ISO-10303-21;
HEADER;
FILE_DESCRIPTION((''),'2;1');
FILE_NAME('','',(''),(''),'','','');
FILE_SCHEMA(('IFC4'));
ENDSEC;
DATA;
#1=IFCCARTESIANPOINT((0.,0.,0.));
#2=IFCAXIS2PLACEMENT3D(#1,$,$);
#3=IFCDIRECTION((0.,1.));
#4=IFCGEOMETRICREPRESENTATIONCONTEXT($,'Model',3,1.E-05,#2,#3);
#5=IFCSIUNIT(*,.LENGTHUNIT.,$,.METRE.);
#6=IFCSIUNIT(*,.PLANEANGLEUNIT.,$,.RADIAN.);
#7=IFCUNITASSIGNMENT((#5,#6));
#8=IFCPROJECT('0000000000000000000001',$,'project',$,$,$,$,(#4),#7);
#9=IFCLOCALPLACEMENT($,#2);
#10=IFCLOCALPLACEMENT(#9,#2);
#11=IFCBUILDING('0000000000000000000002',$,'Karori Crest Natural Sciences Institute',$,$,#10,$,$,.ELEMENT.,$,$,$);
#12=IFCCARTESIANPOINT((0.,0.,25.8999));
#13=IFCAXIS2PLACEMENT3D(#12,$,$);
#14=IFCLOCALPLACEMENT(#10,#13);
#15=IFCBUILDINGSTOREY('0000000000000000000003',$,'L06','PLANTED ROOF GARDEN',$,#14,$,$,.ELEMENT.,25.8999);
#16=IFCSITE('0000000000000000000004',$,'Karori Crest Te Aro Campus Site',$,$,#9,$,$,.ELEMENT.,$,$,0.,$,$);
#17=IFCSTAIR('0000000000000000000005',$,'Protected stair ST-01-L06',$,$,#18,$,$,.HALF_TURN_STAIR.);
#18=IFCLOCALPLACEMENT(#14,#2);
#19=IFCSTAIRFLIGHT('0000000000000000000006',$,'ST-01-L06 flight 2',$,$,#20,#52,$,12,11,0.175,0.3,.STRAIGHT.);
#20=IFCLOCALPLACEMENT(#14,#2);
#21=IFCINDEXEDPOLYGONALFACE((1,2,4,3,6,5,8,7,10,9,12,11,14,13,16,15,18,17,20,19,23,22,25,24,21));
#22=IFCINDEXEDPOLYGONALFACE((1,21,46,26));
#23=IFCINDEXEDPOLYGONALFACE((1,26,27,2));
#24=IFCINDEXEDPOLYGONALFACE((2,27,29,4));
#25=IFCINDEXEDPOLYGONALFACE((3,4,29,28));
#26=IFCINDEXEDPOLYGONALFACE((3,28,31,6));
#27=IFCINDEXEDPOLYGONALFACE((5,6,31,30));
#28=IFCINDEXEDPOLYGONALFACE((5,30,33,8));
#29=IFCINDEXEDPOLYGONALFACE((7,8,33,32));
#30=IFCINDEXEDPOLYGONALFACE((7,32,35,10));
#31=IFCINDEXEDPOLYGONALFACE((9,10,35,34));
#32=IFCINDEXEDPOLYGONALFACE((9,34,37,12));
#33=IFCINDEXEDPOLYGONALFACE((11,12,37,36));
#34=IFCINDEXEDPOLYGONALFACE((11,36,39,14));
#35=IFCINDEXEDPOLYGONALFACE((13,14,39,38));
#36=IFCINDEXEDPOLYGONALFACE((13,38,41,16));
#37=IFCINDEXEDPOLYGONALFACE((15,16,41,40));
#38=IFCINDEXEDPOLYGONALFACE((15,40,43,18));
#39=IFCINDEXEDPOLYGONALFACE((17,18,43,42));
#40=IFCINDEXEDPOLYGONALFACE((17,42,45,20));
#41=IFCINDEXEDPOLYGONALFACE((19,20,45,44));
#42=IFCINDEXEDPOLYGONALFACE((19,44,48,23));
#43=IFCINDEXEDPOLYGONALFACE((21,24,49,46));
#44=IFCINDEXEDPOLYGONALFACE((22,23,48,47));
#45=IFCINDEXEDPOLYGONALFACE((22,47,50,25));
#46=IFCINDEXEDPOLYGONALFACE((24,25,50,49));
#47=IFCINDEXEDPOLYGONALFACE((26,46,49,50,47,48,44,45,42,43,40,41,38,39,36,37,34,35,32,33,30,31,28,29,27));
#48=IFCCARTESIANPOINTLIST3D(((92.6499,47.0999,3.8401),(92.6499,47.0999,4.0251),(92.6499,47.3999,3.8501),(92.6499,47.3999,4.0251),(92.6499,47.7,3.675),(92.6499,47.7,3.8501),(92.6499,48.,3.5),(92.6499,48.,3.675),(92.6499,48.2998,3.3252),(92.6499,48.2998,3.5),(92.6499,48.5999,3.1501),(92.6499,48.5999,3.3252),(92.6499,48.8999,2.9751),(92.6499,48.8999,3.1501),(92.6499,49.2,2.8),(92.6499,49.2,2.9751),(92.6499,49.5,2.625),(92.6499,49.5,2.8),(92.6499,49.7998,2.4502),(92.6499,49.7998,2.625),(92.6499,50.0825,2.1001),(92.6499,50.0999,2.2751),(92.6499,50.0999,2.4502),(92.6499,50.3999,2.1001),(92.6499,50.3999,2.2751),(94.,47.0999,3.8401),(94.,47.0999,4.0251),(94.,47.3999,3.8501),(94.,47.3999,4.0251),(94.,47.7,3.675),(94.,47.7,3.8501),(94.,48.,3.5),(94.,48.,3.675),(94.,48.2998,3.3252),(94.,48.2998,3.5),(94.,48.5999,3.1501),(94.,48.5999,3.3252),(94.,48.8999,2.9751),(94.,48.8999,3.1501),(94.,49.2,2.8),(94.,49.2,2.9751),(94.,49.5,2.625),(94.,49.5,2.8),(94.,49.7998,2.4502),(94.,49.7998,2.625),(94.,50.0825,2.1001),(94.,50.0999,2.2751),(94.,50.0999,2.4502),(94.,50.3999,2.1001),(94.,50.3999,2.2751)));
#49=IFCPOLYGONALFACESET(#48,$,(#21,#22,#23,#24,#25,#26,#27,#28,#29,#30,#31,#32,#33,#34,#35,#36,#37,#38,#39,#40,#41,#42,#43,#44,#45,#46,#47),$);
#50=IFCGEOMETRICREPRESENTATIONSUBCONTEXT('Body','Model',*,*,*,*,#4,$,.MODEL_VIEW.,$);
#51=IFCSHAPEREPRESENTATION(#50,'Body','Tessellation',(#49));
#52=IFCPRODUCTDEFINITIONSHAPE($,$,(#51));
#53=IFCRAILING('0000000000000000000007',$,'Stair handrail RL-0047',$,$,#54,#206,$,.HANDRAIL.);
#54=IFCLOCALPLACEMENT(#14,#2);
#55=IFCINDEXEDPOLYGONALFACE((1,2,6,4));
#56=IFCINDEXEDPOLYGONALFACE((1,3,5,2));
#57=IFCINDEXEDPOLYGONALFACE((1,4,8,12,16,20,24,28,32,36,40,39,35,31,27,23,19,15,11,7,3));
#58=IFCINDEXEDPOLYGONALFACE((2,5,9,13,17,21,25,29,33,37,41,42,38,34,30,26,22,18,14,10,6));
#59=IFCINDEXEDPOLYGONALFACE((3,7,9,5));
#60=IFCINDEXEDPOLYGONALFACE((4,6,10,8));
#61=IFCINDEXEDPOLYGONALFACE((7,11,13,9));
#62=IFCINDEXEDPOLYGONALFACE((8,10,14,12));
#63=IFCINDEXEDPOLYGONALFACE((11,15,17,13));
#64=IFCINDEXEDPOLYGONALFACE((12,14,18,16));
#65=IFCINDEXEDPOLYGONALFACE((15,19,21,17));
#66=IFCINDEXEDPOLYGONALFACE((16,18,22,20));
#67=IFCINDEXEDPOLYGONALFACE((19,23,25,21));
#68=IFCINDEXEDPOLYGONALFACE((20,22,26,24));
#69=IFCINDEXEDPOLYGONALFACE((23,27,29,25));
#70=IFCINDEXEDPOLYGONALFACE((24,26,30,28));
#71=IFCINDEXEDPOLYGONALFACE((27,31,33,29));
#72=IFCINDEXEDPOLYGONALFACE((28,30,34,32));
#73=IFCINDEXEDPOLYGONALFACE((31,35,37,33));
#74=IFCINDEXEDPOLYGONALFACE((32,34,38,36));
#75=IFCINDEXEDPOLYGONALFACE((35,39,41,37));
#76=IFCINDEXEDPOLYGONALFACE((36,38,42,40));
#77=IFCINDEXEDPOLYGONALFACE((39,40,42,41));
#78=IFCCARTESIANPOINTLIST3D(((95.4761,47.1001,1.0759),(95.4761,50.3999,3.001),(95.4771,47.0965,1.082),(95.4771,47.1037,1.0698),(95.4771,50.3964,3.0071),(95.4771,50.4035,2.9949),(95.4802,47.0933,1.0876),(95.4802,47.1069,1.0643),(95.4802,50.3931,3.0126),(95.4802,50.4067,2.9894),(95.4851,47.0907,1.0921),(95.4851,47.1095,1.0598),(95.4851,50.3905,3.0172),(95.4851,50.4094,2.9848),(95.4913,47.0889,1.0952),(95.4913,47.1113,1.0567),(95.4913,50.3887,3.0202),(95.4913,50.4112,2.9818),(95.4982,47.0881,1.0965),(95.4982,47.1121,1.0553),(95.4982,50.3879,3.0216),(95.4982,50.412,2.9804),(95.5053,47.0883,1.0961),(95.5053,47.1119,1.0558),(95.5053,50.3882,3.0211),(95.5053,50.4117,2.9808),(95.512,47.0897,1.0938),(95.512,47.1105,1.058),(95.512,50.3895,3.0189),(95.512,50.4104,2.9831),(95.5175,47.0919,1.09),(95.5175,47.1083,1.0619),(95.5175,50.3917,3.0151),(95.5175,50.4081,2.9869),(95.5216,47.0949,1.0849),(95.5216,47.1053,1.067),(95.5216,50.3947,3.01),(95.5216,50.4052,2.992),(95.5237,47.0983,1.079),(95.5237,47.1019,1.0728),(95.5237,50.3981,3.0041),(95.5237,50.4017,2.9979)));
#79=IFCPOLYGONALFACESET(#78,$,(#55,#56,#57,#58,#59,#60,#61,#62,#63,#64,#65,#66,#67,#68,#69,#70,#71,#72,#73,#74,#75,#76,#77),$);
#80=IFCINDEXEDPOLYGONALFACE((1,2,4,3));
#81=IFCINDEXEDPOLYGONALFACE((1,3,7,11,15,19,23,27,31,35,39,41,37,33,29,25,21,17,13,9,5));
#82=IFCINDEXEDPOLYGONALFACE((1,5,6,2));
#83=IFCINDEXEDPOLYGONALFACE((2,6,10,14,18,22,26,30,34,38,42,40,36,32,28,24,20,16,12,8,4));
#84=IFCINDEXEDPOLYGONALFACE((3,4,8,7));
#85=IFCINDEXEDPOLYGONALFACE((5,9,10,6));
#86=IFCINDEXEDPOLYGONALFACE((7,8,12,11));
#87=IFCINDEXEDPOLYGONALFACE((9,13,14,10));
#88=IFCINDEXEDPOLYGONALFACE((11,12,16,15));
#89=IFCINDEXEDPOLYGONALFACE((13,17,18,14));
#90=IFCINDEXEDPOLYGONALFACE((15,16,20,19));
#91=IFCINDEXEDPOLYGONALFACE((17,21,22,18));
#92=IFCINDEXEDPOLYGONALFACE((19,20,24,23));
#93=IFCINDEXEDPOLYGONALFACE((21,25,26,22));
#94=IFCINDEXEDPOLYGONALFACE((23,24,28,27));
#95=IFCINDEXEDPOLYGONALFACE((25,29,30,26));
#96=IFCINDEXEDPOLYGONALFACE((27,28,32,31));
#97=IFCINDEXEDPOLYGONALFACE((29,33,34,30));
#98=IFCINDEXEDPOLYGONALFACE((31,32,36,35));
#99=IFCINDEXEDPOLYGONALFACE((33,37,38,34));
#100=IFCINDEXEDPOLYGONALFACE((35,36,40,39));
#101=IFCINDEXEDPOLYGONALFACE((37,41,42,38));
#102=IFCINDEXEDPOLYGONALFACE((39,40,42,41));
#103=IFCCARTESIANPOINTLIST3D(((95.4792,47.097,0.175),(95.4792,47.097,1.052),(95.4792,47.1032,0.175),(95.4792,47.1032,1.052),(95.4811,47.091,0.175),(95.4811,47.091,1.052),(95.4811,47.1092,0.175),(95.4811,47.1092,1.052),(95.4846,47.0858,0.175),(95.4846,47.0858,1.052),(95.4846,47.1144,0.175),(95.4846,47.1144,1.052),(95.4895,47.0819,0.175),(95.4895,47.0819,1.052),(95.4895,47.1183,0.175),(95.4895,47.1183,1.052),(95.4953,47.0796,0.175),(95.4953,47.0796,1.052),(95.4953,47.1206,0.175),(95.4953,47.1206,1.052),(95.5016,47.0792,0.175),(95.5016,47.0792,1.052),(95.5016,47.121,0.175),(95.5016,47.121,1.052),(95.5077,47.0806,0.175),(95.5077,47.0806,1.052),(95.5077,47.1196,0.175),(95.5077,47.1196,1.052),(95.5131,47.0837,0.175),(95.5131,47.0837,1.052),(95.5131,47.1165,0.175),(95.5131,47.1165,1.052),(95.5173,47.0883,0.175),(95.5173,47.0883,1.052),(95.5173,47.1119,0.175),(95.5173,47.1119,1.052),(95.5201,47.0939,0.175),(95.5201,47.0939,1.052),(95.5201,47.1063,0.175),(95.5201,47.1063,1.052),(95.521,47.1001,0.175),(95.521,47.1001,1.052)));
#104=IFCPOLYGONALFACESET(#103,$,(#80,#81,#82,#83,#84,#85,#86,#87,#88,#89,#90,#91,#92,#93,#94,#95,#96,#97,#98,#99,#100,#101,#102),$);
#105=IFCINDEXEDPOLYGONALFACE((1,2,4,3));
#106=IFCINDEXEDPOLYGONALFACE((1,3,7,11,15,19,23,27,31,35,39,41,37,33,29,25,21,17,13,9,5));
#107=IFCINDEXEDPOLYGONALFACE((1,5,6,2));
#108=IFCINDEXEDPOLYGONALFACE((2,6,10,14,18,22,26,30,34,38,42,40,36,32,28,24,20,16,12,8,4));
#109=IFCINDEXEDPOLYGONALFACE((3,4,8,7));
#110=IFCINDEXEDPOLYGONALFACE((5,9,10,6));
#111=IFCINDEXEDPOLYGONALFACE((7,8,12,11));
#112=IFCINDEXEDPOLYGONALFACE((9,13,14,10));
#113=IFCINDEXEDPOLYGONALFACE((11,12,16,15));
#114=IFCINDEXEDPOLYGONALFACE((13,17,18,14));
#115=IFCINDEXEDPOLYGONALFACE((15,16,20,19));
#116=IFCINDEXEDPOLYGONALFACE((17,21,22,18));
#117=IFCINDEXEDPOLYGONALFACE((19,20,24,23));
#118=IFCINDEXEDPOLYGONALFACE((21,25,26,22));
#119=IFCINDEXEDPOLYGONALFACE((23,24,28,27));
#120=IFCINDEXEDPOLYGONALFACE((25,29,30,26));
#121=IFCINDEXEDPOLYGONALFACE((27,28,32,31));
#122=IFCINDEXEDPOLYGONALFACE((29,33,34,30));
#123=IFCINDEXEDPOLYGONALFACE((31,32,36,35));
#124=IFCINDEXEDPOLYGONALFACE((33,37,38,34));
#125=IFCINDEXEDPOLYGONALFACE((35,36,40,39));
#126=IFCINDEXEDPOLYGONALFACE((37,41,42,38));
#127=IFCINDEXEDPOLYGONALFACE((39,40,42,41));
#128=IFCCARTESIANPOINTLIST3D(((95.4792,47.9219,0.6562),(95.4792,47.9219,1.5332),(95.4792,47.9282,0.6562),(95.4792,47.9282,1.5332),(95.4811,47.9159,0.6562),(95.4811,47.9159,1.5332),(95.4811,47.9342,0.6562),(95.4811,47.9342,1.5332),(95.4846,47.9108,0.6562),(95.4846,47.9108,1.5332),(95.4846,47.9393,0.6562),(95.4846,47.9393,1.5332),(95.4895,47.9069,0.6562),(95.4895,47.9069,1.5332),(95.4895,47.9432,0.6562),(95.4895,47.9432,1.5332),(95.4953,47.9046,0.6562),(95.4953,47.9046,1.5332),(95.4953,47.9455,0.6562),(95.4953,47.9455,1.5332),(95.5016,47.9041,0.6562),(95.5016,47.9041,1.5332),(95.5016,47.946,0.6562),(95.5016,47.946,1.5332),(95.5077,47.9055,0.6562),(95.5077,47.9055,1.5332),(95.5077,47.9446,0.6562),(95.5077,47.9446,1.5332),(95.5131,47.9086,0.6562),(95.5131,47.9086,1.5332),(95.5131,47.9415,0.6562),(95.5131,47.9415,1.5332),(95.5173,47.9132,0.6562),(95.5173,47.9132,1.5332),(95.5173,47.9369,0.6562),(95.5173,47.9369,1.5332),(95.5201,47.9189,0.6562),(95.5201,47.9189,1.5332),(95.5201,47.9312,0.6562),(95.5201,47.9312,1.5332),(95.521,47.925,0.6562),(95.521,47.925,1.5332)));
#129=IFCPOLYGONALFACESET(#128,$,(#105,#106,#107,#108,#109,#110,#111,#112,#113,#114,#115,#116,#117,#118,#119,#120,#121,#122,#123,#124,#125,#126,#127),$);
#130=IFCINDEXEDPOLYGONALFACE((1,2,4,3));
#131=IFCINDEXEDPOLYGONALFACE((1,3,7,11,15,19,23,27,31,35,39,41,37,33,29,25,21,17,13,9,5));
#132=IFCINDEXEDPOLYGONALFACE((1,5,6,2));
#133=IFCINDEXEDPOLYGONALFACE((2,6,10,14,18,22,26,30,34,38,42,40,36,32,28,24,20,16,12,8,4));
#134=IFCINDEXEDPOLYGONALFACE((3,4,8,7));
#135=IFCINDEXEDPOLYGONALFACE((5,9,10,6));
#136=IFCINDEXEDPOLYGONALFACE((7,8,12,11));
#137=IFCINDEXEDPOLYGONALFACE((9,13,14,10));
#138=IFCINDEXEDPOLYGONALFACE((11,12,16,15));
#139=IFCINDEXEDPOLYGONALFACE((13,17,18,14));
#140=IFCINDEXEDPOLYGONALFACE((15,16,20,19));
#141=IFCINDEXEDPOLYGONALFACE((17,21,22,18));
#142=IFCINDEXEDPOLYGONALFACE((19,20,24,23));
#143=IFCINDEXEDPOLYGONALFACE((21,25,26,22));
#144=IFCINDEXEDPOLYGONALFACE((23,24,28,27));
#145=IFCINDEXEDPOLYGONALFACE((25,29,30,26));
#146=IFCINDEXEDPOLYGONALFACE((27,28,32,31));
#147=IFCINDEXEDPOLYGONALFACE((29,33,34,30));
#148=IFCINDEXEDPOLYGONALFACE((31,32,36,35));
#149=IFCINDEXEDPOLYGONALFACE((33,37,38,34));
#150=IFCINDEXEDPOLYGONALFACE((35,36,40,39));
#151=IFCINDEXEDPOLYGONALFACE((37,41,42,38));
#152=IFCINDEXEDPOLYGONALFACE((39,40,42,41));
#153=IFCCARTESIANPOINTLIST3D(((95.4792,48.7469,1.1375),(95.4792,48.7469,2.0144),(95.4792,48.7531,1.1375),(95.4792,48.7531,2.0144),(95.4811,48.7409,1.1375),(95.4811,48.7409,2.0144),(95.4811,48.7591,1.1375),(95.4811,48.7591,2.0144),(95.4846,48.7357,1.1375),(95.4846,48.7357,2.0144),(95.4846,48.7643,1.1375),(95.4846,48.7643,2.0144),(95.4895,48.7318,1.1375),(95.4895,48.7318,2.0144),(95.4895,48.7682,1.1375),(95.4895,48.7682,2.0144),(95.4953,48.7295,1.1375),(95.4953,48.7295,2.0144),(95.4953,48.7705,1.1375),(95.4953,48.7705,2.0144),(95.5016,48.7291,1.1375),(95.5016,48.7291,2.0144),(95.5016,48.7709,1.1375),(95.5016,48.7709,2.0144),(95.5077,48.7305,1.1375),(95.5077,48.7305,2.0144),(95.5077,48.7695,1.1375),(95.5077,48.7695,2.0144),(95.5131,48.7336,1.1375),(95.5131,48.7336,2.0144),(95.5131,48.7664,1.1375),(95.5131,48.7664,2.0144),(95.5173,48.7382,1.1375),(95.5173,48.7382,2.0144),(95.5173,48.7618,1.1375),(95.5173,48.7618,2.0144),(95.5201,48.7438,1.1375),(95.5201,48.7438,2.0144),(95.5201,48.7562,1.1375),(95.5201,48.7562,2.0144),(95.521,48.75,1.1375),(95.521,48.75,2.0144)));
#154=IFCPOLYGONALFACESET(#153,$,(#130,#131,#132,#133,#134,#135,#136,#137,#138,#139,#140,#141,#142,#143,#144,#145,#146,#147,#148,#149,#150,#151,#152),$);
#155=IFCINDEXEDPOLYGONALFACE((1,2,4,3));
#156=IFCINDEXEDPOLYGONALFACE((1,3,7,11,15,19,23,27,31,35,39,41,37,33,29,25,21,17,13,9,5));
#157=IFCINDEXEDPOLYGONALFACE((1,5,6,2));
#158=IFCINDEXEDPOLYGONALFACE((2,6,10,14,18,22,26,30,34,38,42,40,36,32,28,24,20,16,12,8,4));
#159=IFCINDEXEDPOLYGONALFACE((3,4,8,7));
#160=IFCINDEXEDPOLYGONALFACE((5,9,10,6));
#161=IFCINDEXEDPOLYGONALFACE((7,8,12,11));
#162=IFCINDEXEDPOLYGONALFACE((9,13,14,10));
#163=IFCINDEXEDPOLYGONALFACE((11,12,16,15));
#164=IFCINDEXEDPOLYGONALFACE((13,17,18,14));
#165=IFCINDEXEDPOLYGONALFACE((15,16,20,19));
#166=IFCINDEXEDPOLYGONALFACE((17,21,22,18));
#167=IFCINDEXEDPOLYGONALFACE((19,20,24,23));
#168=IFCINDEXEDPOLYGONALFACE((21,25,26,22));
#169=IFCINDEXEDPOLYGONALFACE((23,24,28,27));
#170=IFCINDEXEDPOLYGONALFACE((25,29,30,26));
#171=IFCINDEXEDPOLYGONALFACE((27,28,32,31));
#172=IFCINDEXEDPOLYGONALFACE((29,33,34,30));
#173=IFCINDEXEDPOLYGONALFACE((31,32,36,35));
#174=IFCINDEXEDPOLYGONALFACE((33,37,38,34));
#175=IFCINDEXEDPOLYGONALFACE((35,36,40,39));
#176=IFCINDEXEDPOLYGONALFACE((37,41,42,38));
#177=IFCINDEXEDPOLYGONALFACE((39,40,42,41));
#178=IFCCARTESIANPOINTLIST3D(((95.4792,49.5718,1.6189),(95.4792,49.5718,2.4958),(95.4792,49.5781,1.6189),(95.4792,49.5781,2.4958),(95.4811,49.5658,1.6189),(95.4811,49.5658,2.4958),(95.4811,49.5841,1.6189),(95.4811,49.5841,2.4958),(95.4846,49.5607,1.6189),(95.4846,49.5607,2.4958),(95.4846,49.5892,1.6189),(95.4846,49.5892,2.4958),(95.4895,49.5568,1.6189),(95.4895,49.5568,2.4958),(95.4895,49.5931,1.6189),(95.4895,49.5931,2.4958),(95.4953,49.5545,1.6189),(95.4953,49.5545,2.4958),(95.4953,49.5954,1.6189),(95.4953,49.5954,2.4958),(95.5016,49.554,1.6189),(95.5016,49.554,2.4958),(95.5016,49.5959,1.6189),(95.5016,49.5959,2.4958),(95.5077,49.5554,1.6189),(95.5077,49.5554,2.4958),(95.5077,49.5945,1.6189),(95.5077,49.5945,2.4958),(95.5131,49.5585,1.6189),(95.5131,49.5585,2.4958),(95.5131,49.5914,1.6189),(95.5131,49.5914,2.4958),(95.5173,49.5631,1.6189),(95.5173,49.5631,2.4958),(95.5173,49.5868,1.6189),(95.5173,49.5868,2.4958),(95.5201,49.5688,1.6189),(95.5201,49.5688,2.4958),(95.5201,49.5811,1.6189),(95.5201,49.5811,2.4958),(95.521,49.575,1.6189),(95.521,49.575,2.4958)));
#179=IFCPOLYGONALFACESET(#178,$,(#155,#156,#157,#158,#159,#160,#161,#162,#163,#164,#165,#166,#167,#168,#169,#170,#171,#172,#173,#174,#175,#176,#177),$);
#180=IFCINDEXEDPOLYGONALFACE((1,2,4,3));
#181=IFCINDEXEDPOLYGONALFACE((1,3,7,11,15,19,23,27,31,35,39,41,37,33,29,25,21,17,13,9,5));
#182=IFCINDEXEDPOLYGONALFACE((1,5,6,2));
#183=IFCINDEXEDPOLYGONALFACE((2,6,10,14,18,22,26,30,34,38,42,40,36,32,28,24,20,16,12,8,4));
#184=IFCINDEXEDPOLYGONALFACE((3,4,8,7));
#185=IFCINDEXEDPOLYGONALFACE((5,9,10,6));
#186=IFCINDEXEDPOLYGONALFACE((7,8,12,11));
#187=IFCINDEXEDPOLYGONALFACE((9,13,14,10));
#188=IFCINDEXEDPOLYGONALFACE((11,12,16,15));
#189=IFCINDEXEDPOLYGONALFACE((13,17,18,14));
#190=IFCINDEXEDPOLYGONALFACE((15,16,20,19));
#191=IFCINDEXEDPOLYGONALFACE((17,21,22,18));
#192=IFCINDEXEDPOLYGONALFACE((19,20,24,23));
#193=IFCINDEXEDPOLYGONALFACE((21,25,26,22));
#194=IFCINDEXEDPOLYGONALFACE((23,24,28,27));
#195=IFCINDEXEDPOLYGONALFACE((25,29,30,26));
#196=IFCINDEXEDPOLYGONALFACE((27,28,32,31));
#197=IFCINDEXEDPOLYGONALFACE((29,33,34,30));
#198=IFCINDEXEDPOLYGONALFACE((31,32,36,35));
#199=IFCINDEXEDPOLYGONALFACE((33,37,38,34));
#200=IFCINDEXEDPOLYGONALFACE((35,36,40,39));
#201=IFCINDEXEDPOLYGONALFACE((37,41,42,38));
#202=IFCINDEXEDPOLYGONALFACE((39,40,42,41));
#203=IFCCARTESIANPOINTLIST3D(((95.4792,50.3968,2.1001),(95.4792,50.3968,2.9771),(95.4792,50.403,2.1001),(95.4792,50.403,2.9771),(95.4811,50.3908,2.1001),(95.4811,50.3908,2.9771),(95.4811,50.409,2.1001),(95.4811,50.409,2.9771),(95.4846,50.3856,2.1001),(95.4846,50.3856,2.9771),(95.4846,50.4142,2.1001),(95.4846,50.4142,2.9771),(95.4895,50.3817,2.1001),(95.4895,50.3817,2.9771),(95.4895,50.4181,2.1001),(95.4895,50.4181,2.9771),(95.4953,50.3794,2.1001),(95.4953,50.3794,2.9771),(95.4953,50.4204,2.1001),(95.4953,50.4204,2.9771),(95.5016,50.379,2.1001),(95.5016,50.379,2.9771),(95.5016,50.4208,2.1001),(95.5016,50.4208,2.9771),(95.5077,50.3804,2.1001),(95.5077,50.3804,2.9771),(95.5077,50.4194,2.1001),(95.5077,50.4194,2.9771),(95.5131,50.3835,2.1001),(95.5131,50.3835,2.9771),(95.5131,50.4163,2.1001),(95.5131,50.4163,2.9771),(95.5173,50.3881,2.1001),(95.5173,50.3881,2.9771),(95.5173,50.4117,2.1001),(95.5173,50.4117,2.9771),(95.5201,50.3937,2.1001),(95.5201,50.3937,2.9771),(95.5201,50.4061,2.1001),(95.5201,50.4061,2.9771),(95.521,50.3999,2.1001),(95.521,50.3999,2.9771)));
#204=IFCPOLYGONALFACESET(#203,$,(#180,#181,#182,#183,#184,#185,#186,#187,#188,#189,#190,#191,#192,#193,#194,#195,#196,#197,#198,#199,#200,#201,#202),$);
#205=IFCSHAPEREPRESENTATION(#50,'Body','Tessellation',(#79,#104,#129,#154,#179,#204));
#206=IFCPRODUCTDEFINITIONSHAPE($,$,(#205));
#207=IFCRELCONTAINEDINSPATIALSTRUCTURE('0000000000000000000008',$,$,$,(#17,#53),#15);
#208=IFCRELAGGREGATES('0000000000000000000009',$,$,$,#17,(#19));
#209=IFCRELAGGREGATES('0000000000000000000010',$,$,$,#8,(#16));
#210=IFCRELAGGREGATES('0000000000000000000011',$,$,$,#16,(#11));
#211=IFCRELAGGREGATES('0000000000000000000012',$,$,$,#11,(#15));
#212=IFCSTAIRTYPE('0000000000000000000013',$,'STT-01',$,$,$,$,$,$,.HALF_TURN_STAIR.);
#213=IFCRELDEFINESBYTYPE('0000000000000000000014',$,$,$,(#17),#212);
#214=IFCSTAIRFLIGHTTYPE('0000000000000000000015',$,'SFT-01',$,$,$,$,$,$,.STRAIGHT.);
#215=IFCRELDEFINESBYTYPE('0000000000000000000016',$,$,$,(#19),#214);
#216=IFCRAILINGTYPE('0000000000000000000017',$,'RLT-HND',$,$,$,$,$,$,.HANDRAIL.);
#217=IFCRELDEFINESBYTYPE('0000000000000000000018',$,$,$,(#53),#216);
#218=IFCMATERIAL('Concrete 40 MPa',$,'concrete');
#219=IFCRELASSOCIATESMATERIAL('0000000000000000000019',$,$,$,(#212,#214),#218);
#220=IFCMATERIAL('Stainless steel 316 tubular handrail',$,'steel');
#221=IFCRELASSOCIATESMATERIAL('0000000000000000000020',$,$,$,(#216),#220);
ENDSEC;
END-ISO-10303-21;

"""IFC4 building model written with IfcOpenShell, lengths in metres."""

from ifc_helpers import new_model, si_unit, direction, frame, origin, origin_2d, place, context, subcontext, project, spatial, polyline, circle, outline, extrude, material, type_object, element, aggregate, save


model = new_model("IFC4")

# Units and contexts
model_context = context("Model", 3, precision=1e-05, world=origin(), true_north=direction((0.0, 1.0)))
body_context = subcontext(model_context, "Body", "Model", "MODEL_VIEW")
ifc_project = project(units=[si_unit("LENGTHUNIT", "METRE"), si_unit("PLANEANGLEUNIT", "RADIAN")], contexts=[model_context])

# Site, building, storey
site_placement = place(None, origin())
site = spatial("IfcSite", under=ifc_project, at=site_placement, Name="Karori Crest Te Aro Campus Site", CompositionType="ELEMENT", RefElevation=0.0)
building_placement = place(site_placement, origin())
building = spatial("IfcBuilding", under=site, at=building_placement, Name="Karori Crest Natural Sciences Institute", CompositionType="ELEMENT")
storey_placement = place(building_placement, frame((0.0, 0.0, 25.8999)))
storey = spatial("IfcBuildingStorey", under=building, at=storey_placement, Name="L06", Description="PLANTED ROOF GARDEN", CompositionType="ELEMENT", Elevation=25.8999)

# Stair, stair flight
ifc_material_1 = material(Name="Concrete 40 MPa", Category="concrete")
stair_type = type_object("IfcStairType", Name="STT-01", PredefinedType="HALF_TURN_STAIR", material=ifc_material_1)
stair_placement = place(storey_placement, origin())
stair = element("IfcStair", 1, at=stair_placement, inside=storey, type_object=stair_type, Name="Protected stair ST-01-L06", PredefinedType="HALF_TURN_STAIR")
stair_flight_type = type_object("IfcStairFlightType", Name="SFT-01", PredefinedType="STRAIGHT", material=ifc_material_1)
stair_flight_1_placement = place(storey_placement, frame((93.325, 50.3999, 2.1001), z_axis=(0.0, 0.0, 1.0), x_axis=(0.0, -1.0, 0.0)))
stair_flight_1 = element("IfcStairFlight", 2, at=stair_flight_1_placement, type_object=stair_flight_type, Name="ST-01-L06 flight 2", NumberOfRisers=12, NumberOfTreads=11, PredefinedType="STRAIGHT", RiserHeight=0.175, TreadLength=0.3, context=body_context, shape_type="SweptSolid", body=[
    extrude(outline(polyline([(0.0, 0.0), (0.0, 0.175), (0.3, 0.175), (0.3, 0.3501), (0.6001, 0.3501), (0.6001, 0.5249), (0.8999, 0.5249), (0.8999, 0.7), (1.2, 0.7), (1.2, 0.875), (1.5, 0.875), (1.5, 1.05), (1.8, 1.05), (1.8, 1.2251), (2.1001, 1.2251), (2.1001, 1.3999), (2.3999, 1.3999), (2.3999, 1.575), (2.7, 1.575), (2.7, 1.75), (3.0, 1.75), (3.0, 1.925), (3.3, 1.925), (3.3, 2.1001), (3.3, 1.74), (0.3174, 0.0), (0.0, 0.0)])), frame((0.0, 0.675, 0.0), z_axis=(0.0, -1.0, 0.0), x_axis=(1.0, 0.0, 0.0)), (0.0, 0.0, 1.0), 1.3501),
])
aggregate(stair, [stair_flight_1])

# Railing
ifc_material_2 = material(Name="Stainless steel 316 tubular handrail", Category="steel")
railing_type_1 = type_object("IfcRailingType", Name="RLT-HND", PredefinedType="HANDRAIL", material=ifc_material_2)
railing_1_placement = place(storey_placement, frame((95.5, 47.1001, 0.175)))
element("IfcRailing", 3, at=railing_1_placement, inside=storey, type_object=railing_type_1, Name="Stair handrail RL-0047", PredefinedType="HANDRAIL", context=body_context, shape_type="SweptSolid", body=[
    extrude(circle(Radius=0.0239, at=origin_2d()), frame((0.0, 0.0, 0.9009), z_axis=(0.0, 0.86376, 0.503903), x_axis=(-1.0, 0.0, 0.0)), (0.0, 0.0, 1.0), 3.8203),
    extrude(circle(Radius=0.021, at=origin_2d()), origin(), (0.0, 0.0, 1.0), 0.877),
    extrude(circle(Radius=0.021, at=origin_2d()), frame((0.0, 0.825, 0.4812)), (0.0, 0.0, 1.0), 0.877),
    extrude(circle(Radius=0.021, at=origin_2d()), frame((0.0, 1.6499, 0.9624)), (0.0, 0.0, 1.0), 0.877),
    extrude(circle(Radius=0.021, at=origin_2d()), frame((0.0, 2.4749, 1.4438)), (0.0, 0.0, 1.0), 0.877),
    extrude(circle(Radius=0.021, at=origin_2d()), frame((0.0, 3.2998, 1.925)), (0.0, 0.0, 1.0), 0.877),
])

save(model, "model.ifc")
